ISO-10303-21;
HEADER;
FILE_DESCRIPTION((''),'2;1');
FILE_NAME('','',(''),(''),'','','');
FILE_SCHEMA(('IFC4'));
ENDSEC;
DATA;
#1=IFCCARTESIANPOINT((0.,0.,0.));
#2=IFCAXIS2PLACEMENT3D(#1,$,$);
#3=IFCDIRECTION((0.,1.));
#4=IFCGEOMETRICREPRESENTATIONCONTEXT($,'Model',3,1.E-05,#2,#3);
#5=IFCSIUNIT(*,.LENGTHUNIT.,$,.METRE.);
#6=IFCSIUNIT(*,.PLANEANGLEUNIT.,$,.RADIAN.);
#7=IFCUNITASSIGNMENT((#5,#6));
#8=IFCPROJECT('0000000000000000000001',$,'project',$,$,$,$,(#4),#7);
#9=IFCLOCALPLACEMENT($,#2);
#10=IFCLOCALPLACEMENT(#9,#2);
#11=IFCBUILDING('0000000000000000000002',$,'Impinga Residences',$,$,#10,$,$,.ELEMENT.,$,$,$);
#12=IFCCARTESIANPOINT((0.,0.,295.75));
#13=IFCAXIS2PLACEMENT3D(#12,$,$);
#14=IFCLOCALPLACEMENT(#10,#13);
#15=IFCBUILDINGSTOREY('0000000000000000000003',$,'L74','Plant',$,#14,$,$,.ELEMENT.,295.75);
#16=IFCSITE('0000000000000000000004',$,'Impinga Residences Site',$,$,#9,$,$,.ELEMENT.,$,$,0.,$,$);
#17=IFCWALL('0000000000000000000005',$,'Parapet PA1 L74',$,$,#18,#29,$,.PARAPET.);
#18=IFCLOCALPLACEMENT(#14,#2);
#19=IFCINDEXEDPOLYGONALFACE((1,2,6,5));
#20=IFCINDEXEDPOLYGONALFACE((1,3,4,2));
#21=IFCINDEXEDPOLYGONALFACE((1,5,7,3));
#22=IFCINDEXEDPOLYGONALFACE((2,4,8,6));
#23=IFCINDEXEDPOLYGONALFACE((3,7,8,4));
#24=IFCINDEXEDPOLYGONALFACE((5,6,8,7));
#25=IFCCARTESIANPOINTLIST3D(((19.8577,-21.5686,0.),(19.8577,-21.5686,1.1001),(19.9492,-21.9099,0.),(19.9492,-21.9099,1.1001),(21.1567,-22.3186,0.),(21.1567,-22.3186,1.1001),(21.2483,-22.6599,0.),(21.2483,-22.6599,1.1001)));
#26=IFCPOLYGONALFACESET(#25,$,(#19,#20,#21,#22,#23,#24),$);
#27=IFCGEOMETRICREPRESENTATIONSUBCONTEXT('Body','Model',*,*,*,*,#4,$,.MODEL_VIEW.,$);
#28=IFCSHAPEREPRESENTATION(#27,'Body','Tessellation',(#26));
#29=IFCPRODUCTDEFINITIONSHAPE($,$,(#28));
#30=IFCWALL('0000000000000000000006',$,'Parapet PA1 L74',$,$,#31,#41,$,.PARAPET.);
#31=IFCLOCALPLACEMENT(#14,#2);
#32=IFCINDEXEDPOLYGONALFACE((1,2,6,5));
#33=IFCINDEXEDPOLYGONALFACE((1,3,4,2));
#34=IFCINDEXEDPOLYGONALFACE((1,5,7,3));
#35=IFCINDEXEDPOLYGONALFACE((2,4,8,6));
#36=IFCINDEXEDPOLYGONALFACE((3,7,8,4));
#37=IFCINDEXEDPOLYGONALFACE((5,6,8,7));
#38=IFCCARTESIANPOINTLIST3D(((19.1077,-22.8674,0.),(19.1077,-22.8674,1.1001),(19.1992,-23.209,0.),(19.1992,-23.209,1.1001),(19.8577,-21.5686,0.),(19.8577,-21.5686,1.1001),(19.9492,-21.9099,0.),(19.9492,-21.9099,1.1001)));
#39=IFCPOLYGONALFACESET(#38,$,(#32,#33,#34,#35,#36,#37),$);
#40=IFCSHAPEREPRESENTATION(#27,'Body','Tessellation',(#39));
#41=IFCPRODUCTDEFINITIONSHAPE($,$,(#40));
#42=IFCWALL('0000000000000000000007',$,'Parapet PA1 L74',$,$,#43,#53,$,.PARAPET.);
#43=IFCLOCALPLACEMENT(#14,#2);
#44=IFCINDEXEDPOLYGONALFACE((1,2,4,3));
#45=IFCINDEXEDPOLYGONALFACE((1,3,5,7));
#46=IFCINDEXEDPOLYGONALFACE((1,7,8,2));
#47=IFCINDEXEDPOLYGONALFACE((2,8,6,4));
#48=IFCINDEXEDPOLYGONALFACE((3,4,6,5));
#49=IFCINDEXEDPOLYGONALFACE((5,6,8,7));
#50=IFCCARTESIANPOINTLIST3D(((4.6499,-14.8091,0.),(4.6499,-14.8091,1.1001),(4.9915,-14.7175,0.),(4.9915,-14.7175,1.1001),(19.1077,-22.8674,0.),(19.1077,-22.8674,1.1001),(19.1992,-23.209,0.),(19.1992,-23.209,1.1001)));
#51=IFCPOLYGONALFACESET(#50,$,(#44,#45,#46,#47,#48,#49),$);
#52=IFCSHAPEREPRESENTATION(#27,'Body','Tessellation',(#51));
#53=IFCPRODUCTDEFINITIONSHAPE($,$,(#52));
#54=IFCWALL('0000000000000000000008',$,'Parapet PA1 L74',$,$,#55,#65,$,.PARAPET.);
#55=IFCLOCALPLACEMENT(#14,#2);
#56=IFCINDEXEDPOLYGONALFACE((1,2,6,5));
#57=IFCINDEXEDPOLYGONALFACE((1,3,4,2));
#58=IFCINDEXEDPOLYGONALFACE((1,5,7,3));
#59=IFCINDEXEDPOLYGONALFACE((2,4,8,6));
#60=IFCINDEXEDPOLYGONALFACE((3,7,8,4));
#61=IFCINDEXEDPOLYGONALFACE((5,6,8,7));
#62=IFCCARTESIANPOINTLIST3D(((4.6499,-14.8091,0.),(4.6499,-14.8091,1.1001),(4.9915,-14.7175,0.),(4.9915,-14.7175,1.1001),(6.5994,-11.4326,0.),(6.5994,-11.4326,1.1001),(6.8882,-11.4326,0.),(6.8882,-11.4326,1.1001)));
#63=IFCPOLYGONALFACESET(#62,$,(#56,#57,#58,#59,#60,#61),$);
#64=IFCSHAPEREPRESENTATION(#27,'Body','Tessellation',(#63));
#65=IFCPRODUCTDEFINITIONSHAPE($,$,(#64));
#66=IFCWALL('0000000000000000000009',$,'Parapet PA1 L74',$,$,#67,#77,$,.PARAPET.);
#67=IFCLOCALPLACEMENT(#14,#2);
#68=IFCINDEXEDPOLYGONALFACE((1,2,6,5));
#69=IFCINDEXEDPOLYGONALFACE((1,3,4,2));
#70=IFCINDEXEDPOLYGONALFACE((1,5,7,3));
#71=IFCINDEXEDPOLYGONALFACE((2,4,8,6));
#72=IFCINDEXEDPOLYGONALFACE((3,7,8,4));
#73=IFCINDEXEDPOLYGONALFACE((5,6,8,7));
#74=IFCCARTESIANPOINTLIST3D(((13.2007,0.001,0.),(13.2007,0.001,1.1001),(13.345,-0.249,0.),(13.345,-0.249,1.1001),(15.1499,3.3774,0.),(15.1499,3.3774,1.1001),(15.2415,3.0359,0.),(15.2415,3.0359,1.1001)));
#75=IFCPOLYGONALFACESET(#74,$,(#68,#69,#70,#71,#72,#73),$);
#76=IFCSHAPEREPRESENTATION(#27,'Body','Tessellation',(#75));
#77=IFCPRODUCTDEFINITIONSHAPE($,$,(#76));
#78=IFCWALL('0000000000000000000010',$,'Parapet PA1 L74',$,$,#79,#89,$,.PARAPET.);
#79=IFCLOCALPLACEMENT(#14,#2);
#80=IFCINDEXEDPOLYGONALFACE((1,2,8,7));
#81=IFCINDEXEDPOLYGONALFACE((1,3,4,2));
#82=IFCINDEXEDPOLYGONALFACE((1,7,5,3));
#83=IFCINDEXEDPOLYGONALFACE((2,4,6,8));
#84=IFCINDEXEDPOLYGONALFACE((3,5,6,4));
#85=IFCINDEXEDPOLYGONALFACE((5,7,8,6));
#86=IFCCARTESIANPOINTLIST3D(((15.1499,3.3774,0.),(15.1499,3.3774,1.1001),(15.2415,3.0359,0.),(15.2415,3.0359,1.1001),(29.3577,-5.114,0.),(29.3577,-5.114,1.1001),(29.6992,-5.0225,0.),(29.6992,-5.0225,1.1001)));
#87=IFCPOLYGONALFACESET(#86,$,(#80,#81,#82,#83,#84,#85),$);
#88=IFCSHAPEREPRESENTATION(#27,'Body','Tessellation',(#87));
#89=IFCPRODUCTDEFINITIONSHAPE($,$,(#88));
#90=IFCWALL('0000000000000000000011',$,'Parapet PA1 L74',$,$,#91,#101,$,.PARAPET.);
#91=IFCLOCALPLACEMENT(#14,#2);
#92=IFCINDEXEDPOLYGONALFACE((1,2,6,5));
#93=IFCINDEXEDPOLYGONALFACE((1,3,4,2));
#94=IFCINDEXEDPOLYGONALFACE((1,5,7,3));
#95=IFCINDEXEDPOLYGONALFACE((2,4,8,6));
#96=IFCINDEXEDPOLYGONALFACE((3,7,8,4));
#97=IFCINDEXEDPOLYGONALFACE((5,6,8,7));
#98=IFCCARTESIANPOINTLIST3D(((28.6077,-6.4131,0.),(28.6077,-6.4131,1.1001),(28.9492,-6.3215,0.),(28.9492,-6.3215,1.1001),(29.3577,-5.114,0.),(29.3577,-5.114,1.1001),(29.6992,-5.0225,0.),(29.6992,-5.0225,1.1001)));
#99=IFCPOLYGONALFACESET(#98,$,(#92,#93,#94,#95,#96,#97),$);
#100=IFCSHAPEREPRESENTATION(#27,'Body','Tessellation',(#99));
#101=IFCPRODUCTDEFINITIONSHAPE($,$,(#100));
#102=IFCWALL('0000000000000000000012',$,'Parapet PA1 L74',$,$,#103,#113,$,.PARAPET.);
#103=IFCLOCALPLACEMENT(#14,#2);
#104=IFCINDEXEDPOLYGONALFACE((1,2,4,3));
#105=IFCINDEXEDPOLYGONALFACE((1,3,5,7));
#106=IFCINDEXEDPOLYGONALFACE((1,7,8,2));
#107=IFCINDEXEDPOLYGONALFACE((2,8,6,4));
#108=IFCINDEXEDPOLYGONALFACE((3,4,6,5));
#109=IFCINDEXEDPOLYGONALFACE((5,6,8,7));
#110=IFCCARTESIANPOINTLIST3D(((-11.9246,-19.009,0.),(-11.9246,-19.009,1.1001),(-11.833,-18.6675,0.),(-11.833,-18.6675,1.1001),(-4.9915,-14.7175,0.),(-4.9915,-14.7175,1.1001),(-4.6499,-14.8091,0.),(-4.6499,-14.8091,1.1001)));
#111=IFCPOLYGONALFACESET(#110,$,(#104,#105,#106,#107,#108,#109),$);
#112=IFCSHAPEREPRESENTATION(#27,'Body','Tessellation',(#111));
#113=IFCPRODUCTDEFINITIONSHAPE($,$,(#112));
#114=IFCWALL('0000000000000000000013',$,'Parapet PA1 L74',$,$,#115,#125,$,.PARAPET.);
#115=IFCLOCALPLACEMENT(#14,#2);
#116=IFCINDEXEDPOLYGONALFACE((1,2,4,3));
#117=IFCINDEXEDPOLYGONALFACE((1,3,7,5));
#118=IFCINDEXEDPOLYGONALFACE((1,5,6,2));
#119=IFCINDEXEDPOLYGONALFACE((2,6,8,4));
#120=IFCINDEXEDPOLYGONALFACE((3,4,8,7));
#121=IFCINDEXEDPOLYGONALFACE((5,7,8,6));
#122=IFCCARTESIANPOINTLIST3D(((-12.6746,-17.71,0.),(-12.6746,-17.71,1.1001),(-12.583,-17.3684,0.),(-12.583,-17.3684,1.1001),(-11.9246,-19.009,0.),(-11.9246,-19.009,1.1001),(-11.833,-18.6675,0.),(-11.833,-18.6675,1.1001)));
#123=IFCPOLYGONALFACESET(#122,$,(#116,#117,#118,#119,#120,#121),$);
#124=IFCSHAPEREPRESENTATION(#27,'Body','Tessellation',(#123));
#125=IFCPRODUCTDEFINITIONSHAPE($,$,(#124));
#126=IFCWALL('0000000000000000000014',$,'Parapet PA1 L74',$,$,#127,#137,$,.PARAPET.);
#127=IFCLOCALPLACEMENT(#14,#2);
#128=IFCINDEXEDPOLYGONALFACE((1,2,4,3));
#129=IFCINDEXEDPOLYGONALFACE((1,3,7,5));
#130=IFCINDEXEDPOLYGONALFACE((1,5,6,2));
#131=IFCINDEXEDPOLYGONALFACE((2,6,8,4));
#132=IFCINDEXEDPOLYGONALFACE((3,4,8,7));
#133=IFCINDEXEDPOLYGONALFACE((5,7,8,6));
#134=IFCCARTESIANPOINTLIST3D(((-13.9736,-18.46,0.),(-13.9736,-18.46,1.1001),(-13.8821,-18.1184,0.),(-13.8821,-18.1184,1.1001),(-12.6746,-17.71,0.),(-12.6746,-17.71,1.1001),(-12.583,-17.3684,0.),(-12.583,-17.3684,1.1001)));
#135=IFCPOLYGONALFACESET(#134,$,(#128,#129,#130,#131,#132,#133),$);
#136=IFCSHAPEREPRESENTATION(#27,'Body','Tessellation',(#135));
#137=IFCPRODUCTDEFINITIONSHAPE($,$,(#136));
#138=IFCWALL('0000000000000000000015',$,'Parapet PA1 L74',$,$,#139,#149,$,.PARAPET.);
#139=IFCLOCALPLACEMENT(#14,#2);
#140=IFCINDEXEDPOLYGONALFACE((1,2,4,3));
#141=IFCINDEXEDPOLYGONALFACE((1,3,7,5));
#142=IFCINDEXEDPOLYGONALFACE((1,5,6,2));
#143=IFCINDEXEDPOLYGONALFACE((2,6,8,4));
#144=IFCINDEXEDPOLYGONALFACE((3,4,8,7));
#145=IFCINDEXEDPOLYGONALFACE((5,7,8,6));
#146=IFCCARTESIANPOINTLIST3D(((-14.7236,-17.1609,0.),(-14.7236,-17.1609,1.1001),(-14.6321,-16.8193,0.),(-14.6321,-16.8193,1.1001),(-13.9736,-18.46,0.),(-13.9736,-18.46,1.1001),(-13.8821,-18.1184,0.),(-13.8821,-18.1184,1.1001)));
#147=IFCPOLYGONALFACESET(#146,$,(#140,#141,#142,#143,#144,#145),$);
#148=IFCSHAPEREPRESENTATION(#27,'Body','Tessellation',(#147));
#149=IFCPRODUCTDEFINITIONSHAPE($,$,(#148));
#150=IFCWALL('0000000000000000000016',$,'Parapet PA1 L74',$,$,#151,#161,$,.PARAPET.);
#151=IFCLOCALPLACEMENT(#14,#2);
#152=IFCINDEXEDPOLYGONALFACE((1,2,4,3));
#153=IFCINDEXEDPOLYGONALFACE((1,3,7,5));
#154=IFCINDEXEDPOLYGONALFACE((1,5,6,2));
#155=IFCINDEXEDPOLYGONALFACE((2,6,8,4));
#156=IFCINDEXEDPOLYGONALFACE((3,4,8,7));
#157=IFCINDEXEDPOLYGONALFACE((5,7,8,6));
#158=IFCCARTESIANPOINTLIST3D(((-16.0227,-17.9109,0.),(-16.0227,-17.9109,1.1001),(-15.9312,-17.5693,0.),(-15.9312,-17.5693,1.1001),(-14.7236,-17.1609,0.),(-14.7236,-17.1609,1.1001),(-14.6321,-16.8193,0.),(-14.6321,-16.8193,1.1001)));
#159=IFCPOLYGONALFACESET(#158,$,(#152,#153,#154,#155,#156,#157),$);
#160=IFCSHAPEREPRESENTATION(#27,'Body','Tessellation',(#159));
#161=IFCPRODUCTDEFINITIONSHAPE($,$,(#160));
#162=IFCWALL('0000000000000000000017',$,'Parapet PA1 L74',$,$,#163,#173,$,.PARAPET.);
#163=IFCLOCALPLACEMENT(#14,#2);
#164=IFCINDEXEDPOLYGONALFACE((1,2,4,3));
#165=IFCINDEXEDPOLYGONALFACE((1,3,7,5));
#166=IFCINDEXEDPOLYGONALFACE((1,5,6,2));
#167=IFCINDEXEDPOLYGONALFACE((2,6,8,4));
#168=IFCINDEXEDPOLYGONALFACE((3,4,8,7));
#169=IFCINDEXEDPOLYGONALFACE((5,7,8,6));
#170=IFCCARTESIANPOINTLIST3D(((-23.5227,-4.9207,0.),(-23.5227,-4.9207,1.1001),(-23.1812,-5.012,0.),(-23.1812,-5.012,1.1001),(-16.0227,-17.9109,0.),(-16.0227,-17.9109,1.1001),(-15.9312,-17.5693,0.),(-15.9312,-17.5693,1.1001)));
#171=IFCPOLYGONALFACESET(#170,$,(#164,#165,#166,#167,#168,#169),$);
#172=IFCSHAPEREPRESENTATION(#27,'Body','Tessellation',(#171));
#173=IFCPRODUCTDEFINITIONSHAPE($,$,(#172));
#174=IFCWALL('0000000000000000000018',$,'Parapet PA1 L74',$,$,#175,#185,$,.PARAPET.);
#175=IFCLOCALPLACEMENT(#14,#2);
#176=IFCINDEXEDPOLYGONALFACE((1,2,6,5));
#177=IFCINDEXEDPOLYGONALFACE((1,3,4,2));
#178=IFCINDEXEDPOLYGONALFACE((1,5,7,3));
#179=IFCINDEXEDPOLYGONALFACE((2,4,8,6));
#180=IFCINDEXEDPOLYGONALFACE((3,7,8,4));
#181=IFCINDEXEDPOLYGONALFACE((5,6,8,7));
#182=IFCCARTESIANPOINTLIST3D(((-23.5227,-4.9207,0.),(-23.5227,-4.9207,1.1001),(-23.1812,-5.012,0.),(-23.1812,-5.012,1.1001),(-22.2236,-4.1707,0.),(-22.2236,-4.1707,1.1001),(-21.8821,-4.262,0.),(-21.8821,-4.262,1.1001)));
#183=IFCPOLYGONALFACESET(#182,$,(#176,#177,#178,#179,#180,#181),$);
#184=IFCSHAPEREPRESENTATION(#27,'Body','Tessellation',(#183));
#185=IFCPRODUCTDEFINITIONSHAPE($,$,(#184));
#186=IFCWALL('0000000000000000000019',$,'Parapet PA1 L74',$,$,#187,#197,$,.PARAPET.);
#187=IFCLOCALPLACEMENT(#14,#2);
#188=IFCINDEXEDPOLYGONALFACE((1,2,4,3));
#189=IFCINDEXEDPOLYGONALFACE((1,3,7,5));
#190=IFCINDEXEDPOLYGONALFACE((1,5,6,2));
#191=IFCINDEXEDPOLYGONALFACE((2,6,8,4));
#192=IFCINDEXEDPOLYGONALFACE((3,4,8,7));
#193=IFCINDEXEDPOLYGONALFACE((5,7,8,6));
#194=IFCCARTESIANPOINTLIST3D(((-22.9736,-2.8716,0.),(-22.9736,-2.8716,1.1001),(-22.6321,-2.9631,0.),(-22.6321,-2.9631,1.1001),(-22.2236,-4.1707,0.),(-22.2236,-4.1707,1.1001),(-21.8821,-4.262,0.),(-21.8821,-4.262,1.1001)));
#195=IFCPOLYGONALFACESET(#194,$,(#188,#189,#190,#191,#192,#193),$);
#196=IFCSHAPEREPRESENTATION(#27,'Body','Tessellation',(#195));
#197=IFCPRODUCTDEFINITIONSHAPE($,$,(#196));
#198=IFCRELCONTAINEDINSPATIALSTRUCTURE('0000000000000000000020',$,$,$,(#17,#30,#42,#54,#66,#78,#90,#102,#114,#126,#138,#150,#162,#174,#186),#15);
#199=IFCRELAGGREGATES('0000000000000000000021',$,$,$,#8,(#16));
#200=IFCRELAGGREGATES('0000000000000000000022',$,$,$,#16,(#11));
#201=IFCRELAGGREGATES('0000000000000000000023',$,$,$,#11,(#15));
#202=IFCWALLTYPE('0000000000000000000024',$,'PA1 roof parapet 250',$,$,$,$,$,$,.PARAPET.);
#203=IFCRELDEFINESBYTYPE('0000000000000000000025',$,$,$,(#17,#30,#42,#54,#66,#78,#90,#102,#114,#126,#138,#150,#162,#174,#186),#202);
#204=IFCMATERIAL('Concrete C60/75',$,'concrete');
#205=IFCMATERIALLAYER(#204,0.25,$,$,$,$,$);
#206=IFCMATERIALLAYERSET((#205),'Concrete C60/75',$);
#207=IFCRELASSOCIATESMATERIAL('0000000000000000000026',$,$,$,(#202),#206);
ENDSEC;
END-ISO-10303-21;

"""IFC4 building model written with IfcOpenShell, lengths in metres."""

from ifc_helpers import new_model, si_unit, direction, frame, origin, place, context, subcontext, project, spatial, polyline, outline, extrude, material, layer, layer_set, type_object, element, save


model = new_model("IFC4")

# Units and contexts
model_context = context("Model", 3, precision=1e-05, world=origin(), true_north=direction((0.0, 1.0)))
body_context = subcontext(model_context, "Body", "Model", "MODEL_VIEW")
ifc_project = project(units=[si_unit("LENGTHUNIT", "METRE"), si_unit("PLANEANGLEUNIT", "RADIAN")], contexts=[model_context])

# Site, building, storey
site_placement = place(None, origin())
site = spatial("IfcSite", under=ifc_project, at=site_placement, Name="Impinga Residences Site", CompositionType="ELEMENT", RefElevation=0.0)
building_placement = place(site_placement, origin())
building = spatial("IfcBuilding", under=site, at=building_placement, Name="Impinga Residences", CompositionType="ELEMENT")
storey_placement = place(building_placement, frame((0.0, 0.0, 295.75)))
storey = spatial("IfcBuildingStorey", under=building, at=storey_placement, Name="L74", Description="Plant", CompositionType="ELEMENT", Elevation=295.75)

# Walls
ifc_material_1 = material(Name="Concrete C60/75", Category="concrete")
ifc_layer_1 = layer(ifc_material_1, 0.25)
ifc_layer_set_1 = layer_set([ifc_layer_1], Name="Concrete C60/75")
wall_type_1 = type_object("IfcWallType", Name="PA1 roof parapet 250", PredefinedType="PARAPET", material=ifc_layer_set_1)
wall_1_placement = place(storey_placement, origin())
element("IfcWall", 1, at=wall_1_placement, inside=storey, type_object=wall_type_1, Name="Parapet PA1 L74", PredefinedType="PARAPET", context=body_context, shape_type="SweptSolid", body=[
    extrude(outline(polyline([(21.2483, -22.6599), (19.9492, -21.9099), (19.8577, -21.5686), (21.1567, -22.3186), (21.2483, -22.6599)])), origin(), (0.0, 0.0, 1.0), 1.1001),
])
wall_2_placement = place(storey_placement, origin())
element("IfcWall", 2, at=wall_2_placement, inside=storey, type_object=wall_type_1, Name="Parapet PA1 L74", PredefinedType="PARAPET", context=body_context, shape_type="SweptSolid", body=[
    extrude(outline(polyline([(19.9492, -21.9099), (19.1992, -23.209), (19.1077, -22.8674), (19.8577, -21.5686), (19.9492, -21.9099)])), origin(), (0.0, 0.0, 1.0), 1.1001),
])
wall_3_placement = place(storey_placement, origin())
element("IfcWall", 3, at=wall_3_placement, inside=storey, type_object=wall_type_1, Name="Parapet PA1 L74", PredefinedType="PARAPET", context=body_context, shape_type="SweptSolid", body=[
    extrude(outline(polyline([(19.1992, -23.209), (4.6499, -14.8091), (4.9915, -14.7175), (19.1077, -22.8674), (19.1992, -23.209)])), origin(), (0.0, 0.0, 1.0), 1.1001),
])
wall_4_placement = place(storey_placement, origin())
element("IfcWall", 4, at=wall_4_placement, inside=storey, type_object=wall_type_1, Name="Parapet PA1 L74", PredefinedType="PARAPET", context=body_context, shape_type="SweptSolid", body=[
    extrude(outline(polyline([(4.6499, -14.8091), (6.5994, -11.4326), (6.8882, -11.4326), (4.9915, -14.7175), (4.6499, -14.8091)])), origin(), (0.0, 0.0, 1.0), 1.1001),
])
wall_5_placement = place(storey_placement, origin())
element("IfcWall", 5, at=wall_5_placement, inside=storey, type_object=wall_type_1, Name="Parapet PA1 L74", PredefinedType="PARAPET", context=body_context, shape_type="SweptSolid", body=[
    extrude(outline(polyline([(13.2007, 0.001), (15.1499, 3.3774), (15.2415, 3.0359), (13.345, -0.249), (13.2007, 0.001)])), origin(), (0.0, 0.0, 1.0), 1.1001),
])
wall_6_placement = place(storey_placement, origin())
element("IfcWall", 6, at=wall_6_placement, inside=storey, type_object=wall_type_1, Name="Parapet PA1 L74", PredefinedType="PARAPET", context=body_context, shape_type="SweptSolid", body=[
    extrude(outline(polyline([(15.1499, 3.3774), (29.6992, -5.0225), (29.3577, -5.114), (15.2415, 3.0359), (15.1499, 3.3774)])), origin(), (0.0, 0.0, 1.0), 1.1001),
])
wall_7_placement = place(storey_placement, origin())
element("IfcWall", 7, at=wall_7_placement, inside=storey, type_object=wall_type_1, Name="Parapet PA1 L74", PredefinedType="PARAPET", context=body_context, shape_type="SweptSolid", body=[
    extrude(outline(polyline([(29.6992, -5.0225), (28.9492, -6.3215), (28.6077, -6.4131), (29.3577, -5.114), (29.6992, -5.0225)])), origin(), (0.0, 0.0, 1.0), 1.1001),
])
wall_8_placement = place(storey_placement, origin())
element("IfcWall", 8, at=wall_8_placement, inside=storey, type_object=wall_type_1, Name="Parapet PA1 L74", PredefinedType="PARAPET", context=body_context, shape_type="SweptSolid", body=[
    extrude(outline(polyline([(-4.6499, -14.8091), (-11.9246, -19.009), (-11.833, -18.6675), (-4.9915, -14.7175), (-4.6499, -14.8091)])), origin(), (0.0, 0.0, 1.0), 1.1001),
])
wall_9_placement = place(storey_placement, origin())
element("IfcWall", 9, at=wall_9_placement, inside=storey, type_object=wall_type_1, Name="Parapet PA1 L74", PredefinedType="PARAPET", context=body_context, shape_type="SweptSolid", body=[
    extrude(outline(polyline([(-11.9246, -19.009), (-12.6746, -17.71), (-12.583, -17.3684), (-11.833, -18.6675), (-11.9246, -19.009)])), origin(), (0.0, 0.0, 1.0), 1.1001),
])
wall_10_placement = place(storey_placement, origin())
element("IfcWall", 10, at=wall_10_placement, inside=storey, type_object=wall_type_1, Name="Parapet PA1 L74", PredefinedType="PARAPET", context=body_context, shape_type="SweptSolid", body=[
    extrude(outline(polyline([(-12.6746, -17.71), (-13.9736, -18.46), (-13.8821, -18.1184), (-12.583, -17.3684), (-12.6746, -17.71)])), origin(), (0.0, 0.0, 1.0), 1.1001),
])
wall_11_placement = place(storey_placement, origin())
element("IfcWall", 11, at=wall_11_placement, inside=storey, type_object=wall_type_1, Name="Parapet PA1 L74", PredefinedType="PARAPET", context=body_context, shape_type="SweptSolid", body=[
    extrude(outline(polyline([(-13.9736, -18.46), (-14.7236, -17.1609), (-14.6321, -16.8193), (-13.8821, -18.1184), (-13.9736, -18.46)])), origin(), (0.0, 0.0, 1.0), 1.1001),
])
wall_12_placement = place(storey_placement, origin())
element("IfcWall", 12, at=wall_12_placement, inside=storey, type_object=wall_type_1, Name="Parapet PA1 L74", PredefinedType="PARAPET", context=body_context, shape_type="SweptSolid", body=[
    extrude(outline(polyline([(-14.7236, -17.1609), (-16.0227, -17.9109), (-15.9312, -17.5693), (-14.6321, -16.8193), (-14.7236, -17.1609)])), origin(), (0.0, 0.0, 1.0), 1.1001),
])
wall_13_placement = place(storey_placement, origin())
element("IfcWall", 13, at=wall_13_placement, inside=storey, type_object=wall_type_1, Name="Parapet PA1 L74", PredefinedType="PARAPET", context=body_context, shape_type="SweptSolid", body=[
    extrude(outline(polyline([(-16.0227, -17.9109), (-23.5227, -4.9207), (-23.1812, -5.012), (-15.9312, -17.5693), (-16.0227, -17.9109)])), origin(), (0.0, 0.0, 1.0), 1.1001),
])
wall_14_placement = place(storey_placement, origin())
element("IfcWall", 14, at=wall_14_placement, inside=storey, type_object=wall_type_1, Name="Parapet PA1 L74", PredefinedType="PARAPET", context=body_context, shape_type="SweptSolid", body=[
    extrude(outline(polyline([(-23.5227, -4.9207), (-22.2236, -4.1707), (-21.8821, -4.262), (-23.1812, -5.012), (-23.5227, -4.9207)])), origin(), (0.0, 0.0, 1.0), 1.1001),
])
wall_15_placement = place(storey_placement, origin())
element("IfcWall", 15, at=wall_15_placement, inside=storey, type_object=wall_type_1, Name="Parapet PA1 L74", PredefinedType="PARAPET", context=body_context, shape_type="SweptSolid", body=[
    extrude(outline(polyline([(-22.2236, -4.1707), (-22.9736, -2.8716), (-22.6321, -2.9631), (-21.8821, -4.262), (-22.2236, -4.1707)])), origin(), (0.0, 0.0, 1.0), 1.1001),
])

save(model, "model.ifc")
